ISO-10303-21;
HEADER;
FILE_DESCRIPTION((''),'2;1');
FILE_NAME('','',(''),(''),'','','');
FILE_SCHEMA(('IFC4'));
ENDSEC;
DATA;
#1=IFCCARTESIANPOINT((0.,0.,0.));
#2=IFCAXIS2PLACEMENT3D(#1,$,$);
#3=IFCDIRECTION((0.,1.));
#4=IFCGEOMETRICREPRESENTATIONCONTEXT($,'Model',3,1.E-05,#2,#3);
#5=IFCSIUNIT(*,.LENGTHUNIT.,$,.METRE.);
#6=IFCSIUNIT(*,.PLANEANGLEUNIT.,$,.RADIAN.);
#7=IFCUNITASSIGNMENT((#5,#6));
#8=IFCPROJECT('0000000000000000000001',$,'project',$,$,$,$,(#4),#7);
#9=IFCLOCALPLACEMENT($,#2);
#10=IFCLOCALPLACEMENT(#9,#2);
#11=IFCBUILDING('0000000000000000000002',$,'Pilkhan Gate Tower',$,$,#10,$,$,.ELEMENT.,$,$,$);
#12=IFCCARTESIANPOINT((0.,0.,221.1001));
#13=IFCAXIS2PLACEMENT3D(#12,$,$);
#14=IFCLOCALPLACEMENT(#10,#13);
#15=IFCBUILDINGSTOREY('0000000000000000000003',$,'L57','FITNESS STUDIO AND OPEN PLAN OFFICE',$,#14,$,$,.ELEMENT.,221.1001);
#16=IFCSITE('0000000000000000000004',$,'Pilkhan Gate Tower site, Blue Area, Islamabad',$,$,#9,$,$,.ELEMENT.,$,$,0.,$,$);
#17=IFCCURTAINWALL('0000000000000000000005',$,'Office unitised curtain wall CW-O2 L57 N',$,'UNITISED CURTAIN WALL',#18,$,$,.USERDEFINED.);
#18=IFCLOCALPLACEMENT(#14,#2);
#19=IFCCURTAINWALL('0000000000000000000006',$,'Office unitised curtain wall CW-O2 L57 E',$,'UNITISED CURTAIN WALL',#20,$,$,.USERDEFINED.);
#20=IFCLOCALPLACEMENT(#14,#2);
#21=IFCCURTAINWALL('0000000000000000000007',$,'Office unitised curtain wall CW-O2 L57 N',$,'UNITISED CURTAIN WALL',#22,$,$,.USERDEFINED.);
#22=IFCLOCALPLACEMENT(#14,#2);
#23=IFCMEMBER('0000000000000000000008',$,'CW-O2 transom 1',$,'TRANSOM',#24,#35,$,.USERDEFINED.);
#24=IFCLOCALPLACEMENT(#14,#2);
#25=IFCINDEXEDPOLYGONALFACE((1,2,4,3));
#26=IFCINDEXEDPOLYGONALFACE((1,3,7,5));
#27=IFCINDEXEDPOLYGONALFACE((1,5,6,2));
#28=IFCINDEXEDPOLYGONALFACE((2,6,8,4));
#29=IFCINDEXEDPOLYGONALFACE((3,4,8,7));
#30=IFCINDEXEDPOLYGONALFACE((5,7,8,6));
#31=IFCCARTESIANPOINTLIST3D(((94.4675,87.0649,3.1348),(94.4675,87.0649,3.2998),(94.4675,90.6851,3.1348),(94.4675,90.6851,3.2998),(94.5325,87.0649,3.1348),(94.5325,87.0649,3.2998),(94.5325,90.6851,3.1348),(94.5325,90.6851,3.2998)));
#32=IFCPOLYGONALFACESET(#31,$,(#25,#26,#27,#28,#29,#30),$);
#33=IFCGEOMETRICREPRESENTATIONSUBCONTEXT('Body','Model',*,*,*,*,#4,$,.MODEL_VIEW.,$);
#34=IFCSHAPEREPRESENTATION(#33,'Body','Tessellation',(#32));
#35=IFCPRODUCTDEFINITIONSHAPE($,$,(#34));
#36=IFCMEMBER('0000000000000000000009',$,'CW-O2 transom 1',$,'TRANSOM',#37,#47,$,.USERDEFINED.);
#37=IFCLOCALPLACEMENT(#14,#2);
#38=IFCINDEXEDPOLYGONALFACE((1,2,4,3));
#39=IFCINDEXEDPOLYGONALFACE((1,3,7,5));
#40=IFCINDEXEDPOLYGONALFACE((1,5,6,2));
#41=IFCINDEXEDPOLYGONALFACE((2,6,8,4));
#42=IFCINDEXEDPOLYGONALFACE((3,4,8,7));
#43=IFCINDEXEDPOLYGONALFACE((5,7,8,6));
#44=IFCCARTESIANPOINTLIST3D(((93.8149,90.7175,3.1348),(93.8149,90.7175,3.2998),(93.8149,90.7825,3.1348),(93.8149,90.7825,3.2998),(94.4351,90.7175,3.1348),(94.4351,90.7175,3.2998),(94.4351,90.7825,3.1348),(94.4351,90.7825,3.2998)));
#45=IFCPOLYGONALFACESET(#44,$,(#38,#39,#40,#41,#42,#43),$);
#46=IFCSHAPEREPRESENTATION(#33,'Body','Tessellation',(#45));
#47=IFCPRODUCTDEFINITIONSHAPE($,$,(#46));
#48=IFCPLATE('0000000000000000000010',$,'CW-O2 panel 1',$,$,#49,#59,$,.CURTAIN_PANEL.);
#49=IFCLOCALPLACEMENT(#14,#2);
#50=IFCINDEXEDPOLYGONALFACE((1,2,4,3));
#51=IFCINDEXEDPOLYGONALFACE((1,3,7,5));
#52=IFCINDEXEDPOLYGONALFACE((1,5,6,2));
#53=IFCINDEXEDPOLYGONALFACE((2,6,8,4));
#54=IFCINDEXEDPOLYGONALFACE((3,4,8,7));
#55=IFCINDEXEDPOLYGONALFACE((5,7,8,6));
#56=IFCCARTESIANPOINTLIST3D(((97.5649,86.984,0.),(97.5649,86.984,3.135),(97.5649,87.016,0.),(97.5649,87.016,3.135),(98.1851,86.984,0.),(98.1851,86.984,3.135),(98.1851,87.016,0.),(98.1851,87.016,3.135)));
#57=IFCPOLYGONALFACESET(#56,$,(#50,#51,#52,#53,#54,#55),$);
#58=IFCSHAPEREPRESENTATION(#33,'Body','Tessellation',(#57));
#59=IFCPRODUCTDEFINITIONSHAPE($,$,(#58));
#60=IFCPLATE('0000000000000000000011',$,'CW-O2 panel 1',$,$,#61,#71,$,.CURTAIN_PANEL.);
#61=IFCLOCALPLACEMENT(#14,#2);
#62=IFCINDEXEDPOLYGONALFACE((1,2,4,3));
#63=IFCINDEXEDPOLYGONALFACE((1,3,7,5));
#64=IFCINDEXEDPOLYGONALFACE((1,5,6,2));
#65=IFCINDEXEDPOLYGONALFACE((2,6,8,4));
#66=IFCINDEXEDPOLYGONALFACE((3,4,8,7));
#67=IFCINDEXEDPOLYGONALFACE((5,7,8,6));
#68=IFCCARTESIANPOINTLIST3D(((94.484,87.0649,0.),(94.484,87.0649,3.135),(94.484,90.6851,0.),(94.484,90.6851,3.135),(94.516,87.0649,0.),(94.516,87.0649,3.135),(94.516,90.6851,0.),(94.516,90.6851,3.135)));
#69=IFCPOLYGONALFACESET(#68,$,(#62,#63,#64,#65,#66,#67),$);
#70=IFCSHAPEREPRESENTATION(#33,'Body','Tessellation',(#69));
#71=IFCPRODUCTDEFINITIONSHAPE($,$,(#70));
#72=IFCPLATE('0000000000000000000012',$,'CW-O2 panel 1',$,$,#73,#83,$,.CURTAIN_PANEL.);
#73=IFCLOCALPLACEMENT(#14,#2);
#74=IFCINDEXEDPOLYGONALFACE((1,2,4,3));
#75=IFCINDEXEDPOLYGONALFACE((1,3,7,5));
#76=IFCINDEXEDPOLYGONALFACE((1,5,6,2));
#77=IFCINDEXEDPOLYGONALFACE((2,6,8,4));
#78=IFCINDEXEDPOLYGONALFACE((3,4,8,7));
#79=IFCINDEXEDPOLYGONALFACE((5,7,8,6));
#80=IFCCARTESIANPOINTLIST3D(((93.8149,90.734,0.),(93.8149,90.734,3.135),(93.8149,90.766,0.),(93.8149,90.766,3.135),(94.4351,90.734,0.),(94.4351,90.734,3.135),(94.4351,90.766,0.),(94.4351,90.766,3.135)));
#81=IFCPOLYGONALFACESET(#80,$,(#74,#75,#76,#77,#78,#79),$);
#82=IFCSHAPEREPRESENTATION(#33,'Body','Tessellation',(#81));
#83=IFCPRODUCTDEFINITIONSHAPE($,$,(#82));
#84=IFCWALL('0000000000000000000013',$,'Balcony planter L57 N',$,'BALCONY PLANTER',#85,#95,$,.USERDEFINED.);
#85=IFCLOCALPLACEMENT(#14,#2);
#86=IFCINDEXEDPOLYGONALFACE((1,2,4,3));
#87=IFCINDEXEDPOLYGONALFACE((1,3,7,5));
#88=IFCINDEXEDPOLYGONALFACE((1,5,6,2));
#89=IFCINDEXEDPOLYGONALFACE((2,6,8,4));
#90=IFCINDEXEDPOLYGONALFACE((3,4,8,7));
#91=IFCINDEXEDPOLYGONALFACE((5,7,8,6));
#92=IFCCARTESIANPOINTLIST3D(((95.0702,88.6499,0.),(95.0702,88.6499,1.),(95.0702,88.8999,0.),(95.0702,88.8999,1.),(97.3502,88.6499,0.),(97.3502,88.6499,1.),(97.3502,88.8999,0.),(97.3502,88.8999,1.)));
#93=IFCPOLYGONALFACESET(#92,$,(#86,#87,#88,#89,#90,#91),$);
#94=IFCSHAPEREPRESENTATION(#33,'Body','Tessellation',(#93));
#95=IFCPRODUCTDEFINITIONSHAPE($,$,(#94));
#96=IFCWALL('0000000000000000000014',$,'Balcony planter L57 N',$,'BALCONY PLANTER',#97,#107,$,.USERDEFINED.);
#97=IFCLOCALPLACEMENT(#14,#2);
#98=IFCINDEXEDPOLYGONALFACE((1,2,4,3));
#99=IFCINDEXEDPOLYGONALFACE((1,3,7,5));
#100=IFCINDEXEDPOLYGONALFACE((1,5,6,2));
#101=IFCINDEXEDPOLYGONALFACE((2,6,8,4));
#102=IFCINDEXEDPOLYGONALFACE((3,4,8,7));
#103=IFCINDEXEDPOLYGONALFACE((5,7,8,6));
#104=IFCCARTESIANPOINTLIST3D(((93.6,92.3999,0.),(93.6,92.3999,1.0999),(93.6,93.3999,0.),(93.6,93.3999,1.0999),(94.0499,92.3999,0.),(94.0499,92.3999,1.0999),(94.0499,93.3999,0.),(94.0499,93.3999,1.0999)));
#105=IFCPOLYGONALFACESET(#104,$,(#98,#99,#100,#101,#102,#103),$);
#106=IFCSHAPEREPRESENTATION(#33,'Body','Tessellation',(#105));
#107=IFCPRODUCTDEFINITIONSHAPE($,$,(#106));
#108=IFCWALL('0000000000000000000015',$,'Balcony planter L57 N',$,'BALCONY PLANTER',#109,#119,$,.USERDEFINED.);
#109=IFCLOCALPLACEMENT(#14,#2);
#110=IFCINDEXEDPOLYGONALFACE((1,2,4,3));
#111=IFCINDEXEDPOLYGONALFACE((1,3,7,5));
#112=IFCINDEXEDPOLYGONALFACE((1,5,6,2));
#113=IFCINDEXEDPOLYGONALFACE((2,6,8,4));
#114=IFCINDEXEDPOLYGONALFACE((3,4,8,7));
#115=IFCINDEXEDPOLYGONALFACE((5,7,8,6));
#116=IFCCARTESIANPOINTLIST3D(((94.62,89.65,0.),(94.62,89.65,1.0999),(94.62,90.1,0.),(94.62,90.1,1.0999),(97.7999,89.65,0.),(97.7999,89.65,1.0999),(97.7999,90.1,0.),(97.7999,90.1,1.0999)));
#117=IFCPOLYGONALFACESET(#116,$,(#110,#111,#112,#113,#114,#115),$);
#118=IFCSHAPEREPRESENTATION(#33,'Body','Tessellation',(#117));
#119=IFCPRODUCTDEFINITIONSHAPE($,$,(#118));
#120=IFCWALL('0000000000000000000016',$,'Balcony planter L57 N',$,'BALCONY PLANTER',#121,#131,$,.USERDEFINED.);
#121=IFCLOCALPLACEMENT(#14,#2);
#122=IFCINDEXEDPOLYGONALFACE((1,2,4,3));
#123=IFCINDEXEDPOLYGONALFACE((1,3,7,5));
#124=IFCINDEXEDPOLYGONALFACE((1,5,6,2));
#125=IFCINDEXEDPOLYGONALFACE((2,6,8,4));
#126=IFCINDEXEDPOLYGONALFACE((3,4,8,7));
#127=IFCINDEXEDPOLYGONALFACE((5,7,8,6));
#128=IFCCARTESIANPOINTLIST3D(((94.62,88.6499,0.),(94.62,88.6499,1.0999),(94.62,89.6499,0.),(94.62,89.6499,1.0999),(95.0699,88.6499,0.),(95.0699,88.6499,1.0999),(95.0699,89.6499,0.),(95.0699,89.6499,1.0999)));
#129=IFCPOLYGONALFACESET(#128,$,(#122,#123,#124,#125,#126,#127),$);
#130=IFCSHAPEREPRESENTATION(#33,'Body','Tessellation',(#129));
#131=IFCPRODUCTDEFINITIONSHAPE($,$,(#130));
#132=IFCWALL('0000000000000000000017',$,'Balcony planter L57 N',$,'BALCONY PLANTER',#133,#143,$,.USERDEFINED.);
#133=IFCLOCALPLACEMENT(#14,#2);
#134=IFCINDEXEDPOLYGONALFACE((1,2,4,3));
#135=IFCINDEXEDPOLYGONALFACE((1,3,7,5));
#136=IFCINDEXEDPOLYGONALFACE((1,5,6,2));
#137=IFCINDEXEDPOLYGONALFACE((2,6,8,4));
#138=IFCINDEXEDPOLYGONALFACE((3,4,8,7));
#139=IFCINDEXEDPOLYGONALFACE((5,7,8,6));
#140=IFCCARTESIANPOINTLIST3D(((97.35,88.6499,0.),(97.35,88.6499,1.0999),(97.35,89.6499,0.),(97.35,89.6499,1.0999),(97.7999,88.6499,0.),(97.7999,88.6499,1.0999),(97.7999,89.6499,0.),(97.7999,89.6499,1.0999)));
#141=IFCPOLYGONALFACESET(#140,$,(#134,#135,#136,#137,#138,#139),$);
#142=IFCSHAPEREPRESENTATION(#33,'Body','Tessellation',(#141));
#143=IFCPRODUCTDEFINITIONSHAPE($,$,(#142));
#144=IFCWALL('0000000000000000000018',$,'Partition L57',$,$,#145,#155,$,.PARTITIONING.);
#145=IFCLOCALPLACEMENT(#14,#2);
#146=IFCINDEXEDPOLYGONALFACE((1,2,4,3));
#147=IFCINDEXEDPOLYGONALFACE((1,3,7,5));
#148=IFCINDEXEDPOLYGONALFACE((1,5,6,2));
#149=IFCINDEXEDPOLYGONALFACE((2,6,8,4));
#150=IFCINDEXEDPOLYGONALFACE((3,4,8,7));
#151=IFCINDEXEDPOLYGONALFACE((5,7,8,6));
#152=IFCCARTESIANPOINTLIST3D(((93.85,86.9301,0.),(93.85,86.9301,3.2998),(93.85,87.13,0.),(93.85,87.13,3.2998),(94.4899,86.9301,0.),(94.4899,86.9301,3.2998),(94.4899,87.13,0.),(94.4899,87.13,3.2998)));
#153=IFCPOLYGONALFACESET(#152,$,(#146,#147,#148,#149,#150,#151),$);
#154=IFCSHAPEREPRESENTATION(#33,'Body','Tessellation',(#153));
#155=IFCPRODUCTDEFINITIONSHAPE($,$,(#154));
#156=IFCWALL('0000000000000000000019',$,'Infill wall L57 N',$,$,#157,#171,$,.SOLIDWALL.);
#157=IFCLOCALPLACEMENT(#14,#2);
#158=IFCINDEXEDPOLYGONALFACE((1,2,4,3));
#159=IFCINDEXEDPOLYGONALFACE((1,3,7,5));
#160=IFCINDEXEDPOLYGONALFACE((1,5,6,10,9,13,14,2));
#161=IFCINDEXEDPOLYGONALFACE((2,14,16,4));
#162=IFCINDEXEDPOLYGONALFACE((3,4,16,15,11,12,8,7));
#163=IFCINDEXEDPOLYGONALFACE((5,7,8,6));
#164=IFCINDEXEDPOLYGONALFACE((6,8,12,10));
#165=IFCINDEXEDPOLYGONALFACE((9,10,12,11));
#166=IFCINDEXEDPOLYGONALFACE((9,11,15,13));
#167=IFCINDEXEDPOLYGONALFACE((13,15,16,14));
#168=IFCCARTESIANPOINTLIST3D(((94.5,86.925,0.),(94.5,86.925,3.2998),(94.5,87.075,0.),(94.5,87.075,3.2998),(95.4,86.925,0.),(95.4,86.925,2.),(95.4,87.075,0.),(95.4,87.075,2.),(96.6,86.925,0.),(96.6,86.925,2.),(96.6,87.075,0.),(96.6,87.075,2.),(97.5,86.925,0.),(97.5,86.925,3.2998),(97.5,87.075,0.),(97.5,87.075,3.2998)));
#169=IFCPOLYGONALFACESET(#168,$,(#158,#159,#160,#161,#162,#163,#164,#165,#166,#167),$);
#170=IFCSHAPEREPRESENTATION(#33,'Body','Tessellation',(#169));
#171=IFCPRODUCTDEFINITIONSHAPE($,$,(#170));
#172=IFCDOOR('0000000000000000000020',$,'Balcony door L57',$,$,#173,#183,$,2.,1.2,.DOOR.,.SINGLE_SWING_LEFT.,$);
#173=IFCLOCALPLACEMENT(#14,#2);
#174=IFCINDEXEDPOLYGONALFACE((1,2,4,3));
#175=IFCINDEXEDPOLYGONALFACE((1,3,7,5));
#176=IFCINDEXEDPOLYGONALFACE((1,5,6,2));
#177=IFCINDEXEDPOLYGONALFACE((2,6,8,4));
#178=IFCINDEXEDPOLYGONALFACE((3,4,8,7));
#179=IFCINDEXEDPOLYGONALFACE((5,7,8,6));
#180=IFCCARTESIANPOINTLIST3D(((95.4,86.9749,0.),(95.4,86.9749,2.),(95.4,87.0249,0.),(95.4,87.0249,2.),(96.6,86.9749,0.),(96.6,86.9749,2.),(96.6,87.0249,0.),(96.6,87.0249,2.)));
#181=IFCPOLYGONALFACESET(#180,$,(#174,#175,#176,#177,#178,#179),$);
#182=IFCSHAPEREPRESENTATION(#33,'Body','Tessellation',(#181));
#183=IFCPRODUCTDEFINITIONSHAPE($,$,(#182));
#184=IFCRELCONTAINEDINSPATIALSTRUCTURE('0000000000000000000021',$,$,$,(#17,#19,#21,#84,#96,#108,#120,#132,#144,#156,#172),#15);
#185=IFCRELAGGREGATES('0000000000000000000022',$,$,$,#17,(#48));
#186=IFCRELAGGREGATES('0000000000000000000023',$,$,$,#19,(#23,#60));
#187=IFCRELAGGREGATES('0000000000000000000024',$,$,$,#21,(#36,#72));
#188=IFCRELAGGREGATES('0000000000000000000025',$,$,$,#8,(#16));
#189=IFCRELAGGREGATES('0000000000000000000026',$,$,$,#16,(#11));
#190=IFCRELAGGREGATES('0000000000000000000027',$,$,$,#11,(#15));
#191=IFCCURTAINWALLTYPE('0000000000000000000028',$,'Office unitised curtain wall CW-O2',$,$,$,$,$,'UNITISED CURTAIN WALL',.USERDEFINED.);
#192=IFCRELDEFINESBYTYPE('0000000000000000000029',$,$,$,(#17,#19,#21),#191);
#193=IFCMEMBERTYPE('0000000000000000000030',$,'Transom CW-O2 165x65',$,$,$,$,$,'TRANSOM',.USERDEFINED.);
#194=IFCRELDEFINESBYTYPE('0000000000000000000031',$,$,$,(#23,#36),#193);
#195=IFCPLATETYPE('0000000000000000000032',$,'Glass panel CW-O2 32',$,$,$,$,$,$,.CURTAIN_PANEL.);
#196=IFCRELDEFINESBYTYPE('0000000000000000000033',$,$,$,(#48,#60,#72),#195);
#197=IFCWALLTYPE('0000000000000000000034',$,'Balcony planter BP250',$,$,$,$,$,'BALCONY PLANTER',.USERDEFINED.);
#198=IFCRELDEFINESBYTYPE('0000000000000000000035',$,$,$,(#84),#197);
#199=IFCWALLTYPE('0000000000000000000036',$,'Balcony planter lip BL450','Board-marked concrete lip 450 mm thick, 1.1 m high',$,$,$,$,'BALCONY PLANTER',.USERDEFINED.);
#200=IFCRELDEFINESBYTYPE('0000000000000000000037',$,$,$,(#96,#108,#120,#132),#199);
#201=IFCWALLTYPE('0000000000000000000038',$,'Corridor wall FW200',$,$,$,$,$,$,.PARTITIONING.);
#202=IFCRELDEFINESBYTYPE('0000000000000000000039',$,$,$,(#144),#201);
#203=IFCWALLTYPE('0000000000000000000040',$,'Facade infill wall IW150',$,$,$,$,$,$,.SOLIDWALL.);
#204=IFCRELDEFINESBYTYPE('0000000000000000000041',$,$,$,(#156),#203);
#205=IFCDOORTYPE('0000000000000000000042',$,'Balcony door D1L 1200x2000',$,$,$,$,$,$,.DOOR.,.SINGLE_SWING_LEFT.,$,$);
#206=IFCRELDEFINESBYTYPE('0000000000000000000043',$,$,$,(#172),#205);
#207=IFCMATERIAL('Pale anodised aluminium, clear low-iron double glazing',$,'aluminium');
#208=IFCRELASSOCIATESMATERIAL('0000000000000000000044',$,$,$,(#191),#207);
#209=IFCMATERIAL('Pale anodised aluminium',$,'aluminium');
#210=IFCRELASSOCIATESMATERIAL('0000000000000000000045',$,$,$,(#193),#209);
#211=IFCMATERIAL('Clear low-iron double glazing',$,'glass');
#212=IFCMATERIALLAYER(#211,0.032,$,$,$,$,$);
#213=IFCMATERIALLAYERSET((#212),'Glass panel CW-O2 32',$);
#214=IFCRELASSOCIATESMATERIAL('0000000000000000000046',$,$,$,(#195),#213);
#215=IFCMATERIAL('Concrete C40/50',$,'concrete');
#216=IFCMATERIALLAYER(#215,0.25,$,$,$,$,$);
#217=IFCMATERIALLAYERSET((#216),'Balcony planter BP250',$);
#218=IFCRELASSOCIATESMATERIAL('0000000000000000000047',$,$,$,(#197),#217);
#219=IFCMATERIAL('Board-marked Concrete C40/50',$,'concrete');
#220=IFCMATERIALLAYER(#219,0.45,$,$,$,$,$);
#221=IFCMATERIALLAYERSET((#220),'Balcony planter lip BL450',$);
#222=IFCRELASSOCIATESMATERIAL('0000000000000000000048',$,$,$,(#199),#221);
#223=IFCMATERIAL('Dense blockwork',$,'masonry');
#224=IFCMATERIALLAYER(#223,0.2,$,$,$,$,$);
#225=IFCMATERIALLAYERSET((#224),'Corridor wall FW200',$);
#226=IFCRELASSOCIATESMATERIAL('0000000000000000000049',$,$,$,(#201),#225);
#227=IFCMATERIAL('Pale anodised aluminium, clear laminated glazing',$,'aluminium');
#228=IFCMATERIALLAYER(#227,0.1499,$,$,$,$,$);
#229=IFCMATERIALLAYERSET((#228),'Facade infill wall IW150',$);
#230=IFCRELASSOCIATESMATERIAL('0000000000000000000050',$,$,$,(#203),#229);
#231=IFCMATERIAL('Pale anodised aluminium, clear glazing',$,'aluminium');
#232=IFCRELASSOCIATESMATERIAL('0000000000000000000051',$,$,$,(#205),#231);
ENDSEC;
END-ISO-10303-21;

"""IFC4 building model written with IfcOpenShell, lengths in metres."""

from ifc_helpers import new_model, si_unit, direction, frame, frame_2d, origin, origin_2d, place, context, subcontext, project, spatial, rectangle, extrude, material, layer, layer_set, material_profile, profile_set, type_object, element, fill, aggregate, save


model = new_model("IFC4")

# Units and contexts
model_context = context("Model", 3, precision=1e-05, world=origin(), true_north=direction((0.0, 1.0)))
body_context = subcontext(model_context, "Body", "Model", "MODEL_VIEW")
ifc_project = project(units=[si_unit("LENGTHUNIT", "METRE"), si_unit("PLANEANGLEUNIT", "RADIAN")], contexts=[model_context])

# Site, building, storey
site_placement = place(None, origin())
site = spatial("IfcSite", under=ifc_project, at=site_placement, Name="Pilkhan Gate Tower site, Blue Area, Islamabad", CompositionType="ELEMENT", RefElevation=0.0)
building_placement = place(site_placement, origin())
building = spatial("IfcBuilding", under=site, at=building_placement, Name="Pilkhan Gate Tower", CompositionType="ELEMENT")
storey_placement = place(building_placement, frame((0.0, 0.0, 221.1001)))
storey = spatial("IfcBuildingStorey", under=building, at=storey_placement, Name="L57", Description="FITNESS STUDIO AND OPEN PLAN OFFICE", CompositionType="ELEMENT", Elevation=221.1001)

# Shared definitions
ifc_material_1 = material(Name="Pale anodised aluminium, clear low-iron double glazing", Category="aluminium")
curtain_wall_type = type_object("IfcCurtainWallType", Name="Office unitised curtain wall CW-O2", ElementType="UNITISED CURTAIN WALL", PredefinedType="USERDEFINED", material=ifc_material_1)
ifc_material_2 = material(Name="Pale anodised aluminium", Category="aluminium")

# Curtain walls
curtain_wall_1_placement = place(storey_placement, origin())
curtain_wall_1 = element("IfcCurtainWall", 1, at=curtain_wall_1_placement, inside=storey, type_object=curtain_wall_type, Name="Office unitised curtain wall CW-O2 L57 N", ObjectType="UNITISED CURTAIN WALL", PredefinedType="USERDEFINED")
curtain_wall_2_placement = place(storey_placement, origin())
curtain_wall_2 = element("IfcCurtainWall", 2, at=curtain_wall_2_placement, inside=storey, type_object=curtain_wall_type, Name="Office unitised curtain wall CW-O2 L57 E", ObjectType="UNITISED CURTAIN WALL", PredefinedType="USERDEFINED")
curtain_wall_3_placement = place(storey_placement, origin())
curtain_wall_3 = element("IfcCurtainWall", 3, at=curtain_wall_3_placement, inside=storey, type_object=curtain_wall_type, Name="Office unitised curtain wall CW-O2 L57 N", ObjectType="UNITISED CURTAIN WALL", PredefinedType="USERDEFINED")

# Members
ifc_material_profile_1 = material_profile(ifc_material_2, rectangle(XDim=0.0649, YDim=0.165, at=origin_2d()), Name="Transom 165x65")
ifc_profile_set_1 = profile_set([ifc_material_profile_1], Name="Pale anodised aluminium")
member_type_1 = type_object("IfcMemberType", Name="Transom CW-O2 165x65", ElementType="TRANSOM", PredefinedType="USERDEFINED", material=ifc_profile_set_1)
member_1_placement = place(storey_placement, frame((94.5, 87.0649, 3.2173), z_axis=(0.0, 1.0, 0.0), x_axis=(-1.0, 0.0, 0.0)))
member_1 = element("IfcMember", 4, at=member_1_placement, type_object=member_type_1, Name="CW-O2 transom 1", ObjectType="TRANSOM", PredefinedType="USERDEFINED", context=body_context, shape_type="SweptSolid", body=[
    extrude(rectangle(XDim=0.0649, YDim=0.165, at=origin_2d()), origin(), (0.0, 0.0, 1.0), 3.6201),
])
member_2_placement = place(storey_placement, frame((93.8149, 90.75, 3.2173), z_axis=(1.0, 0.0, 0.0), x_axis=(0.0, 1.0, 0.0)))
member_2 = element("IfcMember", 5, at=member_2_placement, type_object=member_type_1, Name="CW-O2 transom 1", ObjectType="TRANSOM", PredefinedType="USERDEFINED", context=body_context, shape_type="SweptSolid", body=[
    extrude(rectangle(XDim=0.0649, YDim=0.165, at=origin_2d()), origin(), (0.0, 0.0, 1.0), 0.6201),
])

# Plates
ifc_material_3 = material(Name="Clear low-iron double glazing", Category="glass")
ifc_layer_1 = layer(ifc_material_3, 0.032)
ifc_layer_set_1 = layer_set([ifc_layer_1], Name="Glass panel CW-O2 32")
plate_type = type_object("IfcPlateType", Name="Glass panel CW-O2 32", PredefinedType="CURTAIN_PANEL", material=ifc_layer_set_1)
plate_1_placement = place(storey_placement, frame((97.875, 87.0, 0.0), z_axis=(0.0, 0.0, 1.0), x_axis=(1.0, 0.0, 0.0)))
plate_1 = element("IfcPlate", 6, at=plate_1_placement, type_object=plate_type, Name="CW-O2 panel 1", PredefinedType="CURTAIN_PANEL", context=body_context, shape_type="SweptSolid", body=[
    extrude(rectangle(XDim=0.6201, YDim=0.032, at=origin_2d()), origin(), (0.0, 0.0, 1.0), 3.135),
])
aggregate(curtain_wall_1, [plate_1])
plate_2_placement = place(storey_placement, frame((94.5, 88.875, 0.0), z_axis=(0.0, 0.0, 1.0), x_axis=(0.0, 1.0, 0.0)))
plate_2 = element("IfcPlate", 7, at=plate_2_placement, type_object=plate_type, Name="CW-O2 panel 1", PredefinedType="CURTAIN_PANEL", context=body_context, shape_type="SweptSolid", body=[
    extrude(rectangle(XDim=3.6201, YDim=0.032, at=origin_2d()), origin(), (0.0, 0.0, 1.0), 3.135),
])
aggregate(curtain_wall_2, [member_1, plate_2])
plate_3_placement = place(storey_placement, frame((94.125, 90.75, 0.0), z_axis=(0.0, 0.0, 1.0), x_axis=(1.0, 0.0, 0.0)))
plate_3 = element("IfcPlate", 8, at=plate_3_placement, type_object=plate_type, Name="CW-O2 panel 1", PredefinedType="CURTAIN_PANEL", context=body_context, shape_type="SweptSolid", body=[
    extrude(rectangle(XDim=0.6201, YDim=0.032, at=origin_2d()), origin(), (0.0, 0.0, 1.0), 3.135),
])
aggregate(curtain_wall_3, [member_2, plate_3])

# Walls
ifc_material_4 = material(Name="Concrete C40/50", Category="concrete")
ifc_layer_2 = layer(ifc_material_4, 0.25)
ifc_layer_set_2 = layer_set([ifc_layer_2], Name="Balcony planter BP250")
wall_type_1 = type_object("IfcWallType", Name="Balcony planter BP250", ElementType="BALCONY PLANTER", PredefinedType="USERDEFINED", material=ifc_layer_set_2)
wall_1_placement = place(storey_placement, frame((95.0701, 88.7749, 0.0), z_axis=(0.0, 0.0, 1.0), x_axis=(1.0, 0.0, 0.0)))
element("IfcWall", 9, at=wall_1_placement, inside=storey, type_object=wall_type_1, Name="Balcony planter L57 N", ObjectType="BALCONY PLANTER", PredefinedType="USERDEFINED", context=body_context, shape_type="SweptSolid", body=[
    extrude(rectangle(XDim=2.28, YDim=0.25, at=frame_2d((1.1401, 0.0))), origin(), (0.0, 0.0, 1.0), 1.0),
])
ifc_material_5 = material(Name="Board-marked Concrete C40/50", Category="concrete")
ifc_layer_3 = layer(ifc_material_5, 0.45)
ifc_layer_set_3 = layer_set([ifc_layer_3], Name="Balcony planter lip BL450")
wall_type_2 = type_object("IfcWallType", Name="Balcony planter lip BL450", Description="Board-marked concrete lip 450 mm thick, 1.1 m high", ElementType="BALCONY PLANTER", PredefinedType="USERDEFINED", material=ifc_layer_set_3)
wall_2_placement = place(storey_placement, frame((93.825, 92.3999, 0.0), z_axis=(0.0, 0.0, 1.0), x_axis=(0.0, 1.0, 0.0)))
element("IfcWall", 10, at=wall_2_placement, inside=storey, type_object=wall_type_2, Name="Balcony planter L57 N", ObjectType="BALCONY PLANTER", PredefinedType="USERDEFINED", context=body_context, shape_type="SweptSolid", body=[
    extrude(rectangle(XDim=1.0, YDim=0.45, at=frame_2d((0.5, 0.0))), origin(), (0.0, 0.0, 1.0), 1.0999),
])
wall_3_placement = place(storey_placement, frame((94.6201, 89.875, 0.0), z_axis=(0.0, 0.0, 1.0), x_axis=(1.0, 0.0, 0.0)))
element("IfcWall", 11, at=wall_3_placement, inside=storey, type_object=wall_type_2, Name="Balcony planter L57 N", ObjectType="BALCONY PLANTER", PredefinedType="USERDEFINED", context=body_context, shape_type="SweptSolid", body=[
    extrude(rectangle(XDim=3.1799, YDim=0.45, at=frame_2d((1.5898, 0.0))), origin(), (0.0, 0.0, 1.0), 1.0999),
])
for number, where, z_axis, x_axis, name in (
    (12, (94.845, 88.6499, 0.0), (0.0, 0.0, 1.0), (0.0, 1.0, 0.0), "Balcony planter L57 N"),
    (13, (97.575, 88.6499, 0.0), (0.0, 0.0, 1.0), (0.0, 1.0, 0.0), "Balcony planter L57 N"),
):
    element("IfcWall", number, at=place(storey_placement, frame(where, z_axis=z_axis, x_axis=x_axis)), inside=storey, type_object=wall_type_2, Name=name, ObjectType="BALCONY PLANTER", PredefinedType="USERDEFINED", context=body_context, shape_type="SweptSolid", body=[
        extrude(rectangle(XDim=1.0, YDim=0.45, at=frame_2d((0.5, 0.0))), origin(), (0.0, 0.0, 1.0), 1.0999),
    ])
ifc_material_6 = material(Name="Dense blockwork", Category="masonry")
ifc_layer_4 = layer(ifc_material_6, 0.2)
ifc_layer_set_4 = layer_set([ifc_layer_4], Name="Corridor wall FW200")
wall_type_3 = type_object("IfcWallType", Name="Corridor wall FW200", PredefinedType="PARTITIONING", material=ifc_layer_set_4)
wall_4_placement = place(storey_placement, frame((93.8501, 87.03, 0.0), z_axis=(0.0, 0.0, 1.0), x_axis=(1.0, 0.0, 0.0)))
element("IfcWall", 14, at=wall_4_placement, inside=storey, type_object=wall_type_3, Name="Partition L57", PredefinedType="PARTITIONING", context=body_context, shape_type="SweptSolid", body=[
    extrude(rectangle(XDim=0.6399, YDim=0.2, at=frame_2d((0.3198, 0.0))), origin(), (0.0, 0.0, 1.0), 3.2998),
])

# Wall, opening, door
ifc_material_7 = material(Name="Pale anodised aluminium, clear laminated glazing", Category="aluminium")
ifc_layer_5 = layer(ifc_material_7, 0.1499)
ifc_layer_set_5 = layer_set([ifc_layer_5], Name="Facade infill wall IW150")
wall_type_4 = type_object("IfcWallType", Name="Facade infill wall IW150", PredefinedType="SOLIDWALL", material=ifc_layer_set_5)
wall_5_placement = place(storey_placement, frame((94.5, 87.0, 0.0), z_axis=(0.0, 0.0, 1.0), x_axis=(1.0, 0.0, 0.0)))
wall_5 = element("IfcWall", 15, at=wall_5_placement, inside=storey, type_object=wall_type_4, Name="Infill wall L57 N", PredefinedType="SOLIDWALL", context=body_context, shape_type="SweptSolid", body=[
    extrude(rectangle(XDim=3.0, YDim=0.1499, at=frame_2d((1.5, 0.0))), origin(), (0.0, 0.0, 1.0), 3.2998),
])
opening_placement = place(wall_5_placement, frame((0.8999, 0.0, 0.0)))
opening = element("IfcOpeningElement", 16, at=opening_placement, cuts=wall_5, PredefinedType="OPENING", context=body_context, shape_type="SweptSolid", body=[
    extrude(rectangle(XDim=1.2, YDim=2.0, at=frame_2d((0.6001, 1.0))), frame((0.0, 0.085, 0.0), z_axis=(0.0, -1.0, 0.0), x_axis=(1.0, 0.0, 0.0)), (0.0, 0.0, 1.0), 0.1699),
])
ifc_material_8 = material(Name="Pale anodised aluminium, clear glazing", Category="aluminium")
door_type = type_object("IfcDoorType", Name="Balcony door D1L 1200x2000", OperationType="SINGLE_SWING_LEFT", PredefinedType="DOOR", material=ifc_material_8)
door_placement = place(opening_placement, origin())
door = element("IfcDoor", 17, at=door_placement, inside=storey, type_object=door_type, Name="Balcony door L57", OperationType="SINGLE_SWING_LEFT", OverallHeight=2.0, OverallWidth=1.2, PredefinedType="DOOR", context=body_context, shape_type="SweptSolid", body=[
    extrude(rectangle(XDim=1.2, YDim=2.0, at=frame_2d((0.6001, 1.0))), frame((0.0, 0.0249, 0.0), z_axis=(0.0, -1.0, 0.0), x_axis=(1.0, 0.0, 0.0)), (0.0, 0.0, 1.0), 0.05),
])
fill(opening, door)

save(model, "model.ifc")
